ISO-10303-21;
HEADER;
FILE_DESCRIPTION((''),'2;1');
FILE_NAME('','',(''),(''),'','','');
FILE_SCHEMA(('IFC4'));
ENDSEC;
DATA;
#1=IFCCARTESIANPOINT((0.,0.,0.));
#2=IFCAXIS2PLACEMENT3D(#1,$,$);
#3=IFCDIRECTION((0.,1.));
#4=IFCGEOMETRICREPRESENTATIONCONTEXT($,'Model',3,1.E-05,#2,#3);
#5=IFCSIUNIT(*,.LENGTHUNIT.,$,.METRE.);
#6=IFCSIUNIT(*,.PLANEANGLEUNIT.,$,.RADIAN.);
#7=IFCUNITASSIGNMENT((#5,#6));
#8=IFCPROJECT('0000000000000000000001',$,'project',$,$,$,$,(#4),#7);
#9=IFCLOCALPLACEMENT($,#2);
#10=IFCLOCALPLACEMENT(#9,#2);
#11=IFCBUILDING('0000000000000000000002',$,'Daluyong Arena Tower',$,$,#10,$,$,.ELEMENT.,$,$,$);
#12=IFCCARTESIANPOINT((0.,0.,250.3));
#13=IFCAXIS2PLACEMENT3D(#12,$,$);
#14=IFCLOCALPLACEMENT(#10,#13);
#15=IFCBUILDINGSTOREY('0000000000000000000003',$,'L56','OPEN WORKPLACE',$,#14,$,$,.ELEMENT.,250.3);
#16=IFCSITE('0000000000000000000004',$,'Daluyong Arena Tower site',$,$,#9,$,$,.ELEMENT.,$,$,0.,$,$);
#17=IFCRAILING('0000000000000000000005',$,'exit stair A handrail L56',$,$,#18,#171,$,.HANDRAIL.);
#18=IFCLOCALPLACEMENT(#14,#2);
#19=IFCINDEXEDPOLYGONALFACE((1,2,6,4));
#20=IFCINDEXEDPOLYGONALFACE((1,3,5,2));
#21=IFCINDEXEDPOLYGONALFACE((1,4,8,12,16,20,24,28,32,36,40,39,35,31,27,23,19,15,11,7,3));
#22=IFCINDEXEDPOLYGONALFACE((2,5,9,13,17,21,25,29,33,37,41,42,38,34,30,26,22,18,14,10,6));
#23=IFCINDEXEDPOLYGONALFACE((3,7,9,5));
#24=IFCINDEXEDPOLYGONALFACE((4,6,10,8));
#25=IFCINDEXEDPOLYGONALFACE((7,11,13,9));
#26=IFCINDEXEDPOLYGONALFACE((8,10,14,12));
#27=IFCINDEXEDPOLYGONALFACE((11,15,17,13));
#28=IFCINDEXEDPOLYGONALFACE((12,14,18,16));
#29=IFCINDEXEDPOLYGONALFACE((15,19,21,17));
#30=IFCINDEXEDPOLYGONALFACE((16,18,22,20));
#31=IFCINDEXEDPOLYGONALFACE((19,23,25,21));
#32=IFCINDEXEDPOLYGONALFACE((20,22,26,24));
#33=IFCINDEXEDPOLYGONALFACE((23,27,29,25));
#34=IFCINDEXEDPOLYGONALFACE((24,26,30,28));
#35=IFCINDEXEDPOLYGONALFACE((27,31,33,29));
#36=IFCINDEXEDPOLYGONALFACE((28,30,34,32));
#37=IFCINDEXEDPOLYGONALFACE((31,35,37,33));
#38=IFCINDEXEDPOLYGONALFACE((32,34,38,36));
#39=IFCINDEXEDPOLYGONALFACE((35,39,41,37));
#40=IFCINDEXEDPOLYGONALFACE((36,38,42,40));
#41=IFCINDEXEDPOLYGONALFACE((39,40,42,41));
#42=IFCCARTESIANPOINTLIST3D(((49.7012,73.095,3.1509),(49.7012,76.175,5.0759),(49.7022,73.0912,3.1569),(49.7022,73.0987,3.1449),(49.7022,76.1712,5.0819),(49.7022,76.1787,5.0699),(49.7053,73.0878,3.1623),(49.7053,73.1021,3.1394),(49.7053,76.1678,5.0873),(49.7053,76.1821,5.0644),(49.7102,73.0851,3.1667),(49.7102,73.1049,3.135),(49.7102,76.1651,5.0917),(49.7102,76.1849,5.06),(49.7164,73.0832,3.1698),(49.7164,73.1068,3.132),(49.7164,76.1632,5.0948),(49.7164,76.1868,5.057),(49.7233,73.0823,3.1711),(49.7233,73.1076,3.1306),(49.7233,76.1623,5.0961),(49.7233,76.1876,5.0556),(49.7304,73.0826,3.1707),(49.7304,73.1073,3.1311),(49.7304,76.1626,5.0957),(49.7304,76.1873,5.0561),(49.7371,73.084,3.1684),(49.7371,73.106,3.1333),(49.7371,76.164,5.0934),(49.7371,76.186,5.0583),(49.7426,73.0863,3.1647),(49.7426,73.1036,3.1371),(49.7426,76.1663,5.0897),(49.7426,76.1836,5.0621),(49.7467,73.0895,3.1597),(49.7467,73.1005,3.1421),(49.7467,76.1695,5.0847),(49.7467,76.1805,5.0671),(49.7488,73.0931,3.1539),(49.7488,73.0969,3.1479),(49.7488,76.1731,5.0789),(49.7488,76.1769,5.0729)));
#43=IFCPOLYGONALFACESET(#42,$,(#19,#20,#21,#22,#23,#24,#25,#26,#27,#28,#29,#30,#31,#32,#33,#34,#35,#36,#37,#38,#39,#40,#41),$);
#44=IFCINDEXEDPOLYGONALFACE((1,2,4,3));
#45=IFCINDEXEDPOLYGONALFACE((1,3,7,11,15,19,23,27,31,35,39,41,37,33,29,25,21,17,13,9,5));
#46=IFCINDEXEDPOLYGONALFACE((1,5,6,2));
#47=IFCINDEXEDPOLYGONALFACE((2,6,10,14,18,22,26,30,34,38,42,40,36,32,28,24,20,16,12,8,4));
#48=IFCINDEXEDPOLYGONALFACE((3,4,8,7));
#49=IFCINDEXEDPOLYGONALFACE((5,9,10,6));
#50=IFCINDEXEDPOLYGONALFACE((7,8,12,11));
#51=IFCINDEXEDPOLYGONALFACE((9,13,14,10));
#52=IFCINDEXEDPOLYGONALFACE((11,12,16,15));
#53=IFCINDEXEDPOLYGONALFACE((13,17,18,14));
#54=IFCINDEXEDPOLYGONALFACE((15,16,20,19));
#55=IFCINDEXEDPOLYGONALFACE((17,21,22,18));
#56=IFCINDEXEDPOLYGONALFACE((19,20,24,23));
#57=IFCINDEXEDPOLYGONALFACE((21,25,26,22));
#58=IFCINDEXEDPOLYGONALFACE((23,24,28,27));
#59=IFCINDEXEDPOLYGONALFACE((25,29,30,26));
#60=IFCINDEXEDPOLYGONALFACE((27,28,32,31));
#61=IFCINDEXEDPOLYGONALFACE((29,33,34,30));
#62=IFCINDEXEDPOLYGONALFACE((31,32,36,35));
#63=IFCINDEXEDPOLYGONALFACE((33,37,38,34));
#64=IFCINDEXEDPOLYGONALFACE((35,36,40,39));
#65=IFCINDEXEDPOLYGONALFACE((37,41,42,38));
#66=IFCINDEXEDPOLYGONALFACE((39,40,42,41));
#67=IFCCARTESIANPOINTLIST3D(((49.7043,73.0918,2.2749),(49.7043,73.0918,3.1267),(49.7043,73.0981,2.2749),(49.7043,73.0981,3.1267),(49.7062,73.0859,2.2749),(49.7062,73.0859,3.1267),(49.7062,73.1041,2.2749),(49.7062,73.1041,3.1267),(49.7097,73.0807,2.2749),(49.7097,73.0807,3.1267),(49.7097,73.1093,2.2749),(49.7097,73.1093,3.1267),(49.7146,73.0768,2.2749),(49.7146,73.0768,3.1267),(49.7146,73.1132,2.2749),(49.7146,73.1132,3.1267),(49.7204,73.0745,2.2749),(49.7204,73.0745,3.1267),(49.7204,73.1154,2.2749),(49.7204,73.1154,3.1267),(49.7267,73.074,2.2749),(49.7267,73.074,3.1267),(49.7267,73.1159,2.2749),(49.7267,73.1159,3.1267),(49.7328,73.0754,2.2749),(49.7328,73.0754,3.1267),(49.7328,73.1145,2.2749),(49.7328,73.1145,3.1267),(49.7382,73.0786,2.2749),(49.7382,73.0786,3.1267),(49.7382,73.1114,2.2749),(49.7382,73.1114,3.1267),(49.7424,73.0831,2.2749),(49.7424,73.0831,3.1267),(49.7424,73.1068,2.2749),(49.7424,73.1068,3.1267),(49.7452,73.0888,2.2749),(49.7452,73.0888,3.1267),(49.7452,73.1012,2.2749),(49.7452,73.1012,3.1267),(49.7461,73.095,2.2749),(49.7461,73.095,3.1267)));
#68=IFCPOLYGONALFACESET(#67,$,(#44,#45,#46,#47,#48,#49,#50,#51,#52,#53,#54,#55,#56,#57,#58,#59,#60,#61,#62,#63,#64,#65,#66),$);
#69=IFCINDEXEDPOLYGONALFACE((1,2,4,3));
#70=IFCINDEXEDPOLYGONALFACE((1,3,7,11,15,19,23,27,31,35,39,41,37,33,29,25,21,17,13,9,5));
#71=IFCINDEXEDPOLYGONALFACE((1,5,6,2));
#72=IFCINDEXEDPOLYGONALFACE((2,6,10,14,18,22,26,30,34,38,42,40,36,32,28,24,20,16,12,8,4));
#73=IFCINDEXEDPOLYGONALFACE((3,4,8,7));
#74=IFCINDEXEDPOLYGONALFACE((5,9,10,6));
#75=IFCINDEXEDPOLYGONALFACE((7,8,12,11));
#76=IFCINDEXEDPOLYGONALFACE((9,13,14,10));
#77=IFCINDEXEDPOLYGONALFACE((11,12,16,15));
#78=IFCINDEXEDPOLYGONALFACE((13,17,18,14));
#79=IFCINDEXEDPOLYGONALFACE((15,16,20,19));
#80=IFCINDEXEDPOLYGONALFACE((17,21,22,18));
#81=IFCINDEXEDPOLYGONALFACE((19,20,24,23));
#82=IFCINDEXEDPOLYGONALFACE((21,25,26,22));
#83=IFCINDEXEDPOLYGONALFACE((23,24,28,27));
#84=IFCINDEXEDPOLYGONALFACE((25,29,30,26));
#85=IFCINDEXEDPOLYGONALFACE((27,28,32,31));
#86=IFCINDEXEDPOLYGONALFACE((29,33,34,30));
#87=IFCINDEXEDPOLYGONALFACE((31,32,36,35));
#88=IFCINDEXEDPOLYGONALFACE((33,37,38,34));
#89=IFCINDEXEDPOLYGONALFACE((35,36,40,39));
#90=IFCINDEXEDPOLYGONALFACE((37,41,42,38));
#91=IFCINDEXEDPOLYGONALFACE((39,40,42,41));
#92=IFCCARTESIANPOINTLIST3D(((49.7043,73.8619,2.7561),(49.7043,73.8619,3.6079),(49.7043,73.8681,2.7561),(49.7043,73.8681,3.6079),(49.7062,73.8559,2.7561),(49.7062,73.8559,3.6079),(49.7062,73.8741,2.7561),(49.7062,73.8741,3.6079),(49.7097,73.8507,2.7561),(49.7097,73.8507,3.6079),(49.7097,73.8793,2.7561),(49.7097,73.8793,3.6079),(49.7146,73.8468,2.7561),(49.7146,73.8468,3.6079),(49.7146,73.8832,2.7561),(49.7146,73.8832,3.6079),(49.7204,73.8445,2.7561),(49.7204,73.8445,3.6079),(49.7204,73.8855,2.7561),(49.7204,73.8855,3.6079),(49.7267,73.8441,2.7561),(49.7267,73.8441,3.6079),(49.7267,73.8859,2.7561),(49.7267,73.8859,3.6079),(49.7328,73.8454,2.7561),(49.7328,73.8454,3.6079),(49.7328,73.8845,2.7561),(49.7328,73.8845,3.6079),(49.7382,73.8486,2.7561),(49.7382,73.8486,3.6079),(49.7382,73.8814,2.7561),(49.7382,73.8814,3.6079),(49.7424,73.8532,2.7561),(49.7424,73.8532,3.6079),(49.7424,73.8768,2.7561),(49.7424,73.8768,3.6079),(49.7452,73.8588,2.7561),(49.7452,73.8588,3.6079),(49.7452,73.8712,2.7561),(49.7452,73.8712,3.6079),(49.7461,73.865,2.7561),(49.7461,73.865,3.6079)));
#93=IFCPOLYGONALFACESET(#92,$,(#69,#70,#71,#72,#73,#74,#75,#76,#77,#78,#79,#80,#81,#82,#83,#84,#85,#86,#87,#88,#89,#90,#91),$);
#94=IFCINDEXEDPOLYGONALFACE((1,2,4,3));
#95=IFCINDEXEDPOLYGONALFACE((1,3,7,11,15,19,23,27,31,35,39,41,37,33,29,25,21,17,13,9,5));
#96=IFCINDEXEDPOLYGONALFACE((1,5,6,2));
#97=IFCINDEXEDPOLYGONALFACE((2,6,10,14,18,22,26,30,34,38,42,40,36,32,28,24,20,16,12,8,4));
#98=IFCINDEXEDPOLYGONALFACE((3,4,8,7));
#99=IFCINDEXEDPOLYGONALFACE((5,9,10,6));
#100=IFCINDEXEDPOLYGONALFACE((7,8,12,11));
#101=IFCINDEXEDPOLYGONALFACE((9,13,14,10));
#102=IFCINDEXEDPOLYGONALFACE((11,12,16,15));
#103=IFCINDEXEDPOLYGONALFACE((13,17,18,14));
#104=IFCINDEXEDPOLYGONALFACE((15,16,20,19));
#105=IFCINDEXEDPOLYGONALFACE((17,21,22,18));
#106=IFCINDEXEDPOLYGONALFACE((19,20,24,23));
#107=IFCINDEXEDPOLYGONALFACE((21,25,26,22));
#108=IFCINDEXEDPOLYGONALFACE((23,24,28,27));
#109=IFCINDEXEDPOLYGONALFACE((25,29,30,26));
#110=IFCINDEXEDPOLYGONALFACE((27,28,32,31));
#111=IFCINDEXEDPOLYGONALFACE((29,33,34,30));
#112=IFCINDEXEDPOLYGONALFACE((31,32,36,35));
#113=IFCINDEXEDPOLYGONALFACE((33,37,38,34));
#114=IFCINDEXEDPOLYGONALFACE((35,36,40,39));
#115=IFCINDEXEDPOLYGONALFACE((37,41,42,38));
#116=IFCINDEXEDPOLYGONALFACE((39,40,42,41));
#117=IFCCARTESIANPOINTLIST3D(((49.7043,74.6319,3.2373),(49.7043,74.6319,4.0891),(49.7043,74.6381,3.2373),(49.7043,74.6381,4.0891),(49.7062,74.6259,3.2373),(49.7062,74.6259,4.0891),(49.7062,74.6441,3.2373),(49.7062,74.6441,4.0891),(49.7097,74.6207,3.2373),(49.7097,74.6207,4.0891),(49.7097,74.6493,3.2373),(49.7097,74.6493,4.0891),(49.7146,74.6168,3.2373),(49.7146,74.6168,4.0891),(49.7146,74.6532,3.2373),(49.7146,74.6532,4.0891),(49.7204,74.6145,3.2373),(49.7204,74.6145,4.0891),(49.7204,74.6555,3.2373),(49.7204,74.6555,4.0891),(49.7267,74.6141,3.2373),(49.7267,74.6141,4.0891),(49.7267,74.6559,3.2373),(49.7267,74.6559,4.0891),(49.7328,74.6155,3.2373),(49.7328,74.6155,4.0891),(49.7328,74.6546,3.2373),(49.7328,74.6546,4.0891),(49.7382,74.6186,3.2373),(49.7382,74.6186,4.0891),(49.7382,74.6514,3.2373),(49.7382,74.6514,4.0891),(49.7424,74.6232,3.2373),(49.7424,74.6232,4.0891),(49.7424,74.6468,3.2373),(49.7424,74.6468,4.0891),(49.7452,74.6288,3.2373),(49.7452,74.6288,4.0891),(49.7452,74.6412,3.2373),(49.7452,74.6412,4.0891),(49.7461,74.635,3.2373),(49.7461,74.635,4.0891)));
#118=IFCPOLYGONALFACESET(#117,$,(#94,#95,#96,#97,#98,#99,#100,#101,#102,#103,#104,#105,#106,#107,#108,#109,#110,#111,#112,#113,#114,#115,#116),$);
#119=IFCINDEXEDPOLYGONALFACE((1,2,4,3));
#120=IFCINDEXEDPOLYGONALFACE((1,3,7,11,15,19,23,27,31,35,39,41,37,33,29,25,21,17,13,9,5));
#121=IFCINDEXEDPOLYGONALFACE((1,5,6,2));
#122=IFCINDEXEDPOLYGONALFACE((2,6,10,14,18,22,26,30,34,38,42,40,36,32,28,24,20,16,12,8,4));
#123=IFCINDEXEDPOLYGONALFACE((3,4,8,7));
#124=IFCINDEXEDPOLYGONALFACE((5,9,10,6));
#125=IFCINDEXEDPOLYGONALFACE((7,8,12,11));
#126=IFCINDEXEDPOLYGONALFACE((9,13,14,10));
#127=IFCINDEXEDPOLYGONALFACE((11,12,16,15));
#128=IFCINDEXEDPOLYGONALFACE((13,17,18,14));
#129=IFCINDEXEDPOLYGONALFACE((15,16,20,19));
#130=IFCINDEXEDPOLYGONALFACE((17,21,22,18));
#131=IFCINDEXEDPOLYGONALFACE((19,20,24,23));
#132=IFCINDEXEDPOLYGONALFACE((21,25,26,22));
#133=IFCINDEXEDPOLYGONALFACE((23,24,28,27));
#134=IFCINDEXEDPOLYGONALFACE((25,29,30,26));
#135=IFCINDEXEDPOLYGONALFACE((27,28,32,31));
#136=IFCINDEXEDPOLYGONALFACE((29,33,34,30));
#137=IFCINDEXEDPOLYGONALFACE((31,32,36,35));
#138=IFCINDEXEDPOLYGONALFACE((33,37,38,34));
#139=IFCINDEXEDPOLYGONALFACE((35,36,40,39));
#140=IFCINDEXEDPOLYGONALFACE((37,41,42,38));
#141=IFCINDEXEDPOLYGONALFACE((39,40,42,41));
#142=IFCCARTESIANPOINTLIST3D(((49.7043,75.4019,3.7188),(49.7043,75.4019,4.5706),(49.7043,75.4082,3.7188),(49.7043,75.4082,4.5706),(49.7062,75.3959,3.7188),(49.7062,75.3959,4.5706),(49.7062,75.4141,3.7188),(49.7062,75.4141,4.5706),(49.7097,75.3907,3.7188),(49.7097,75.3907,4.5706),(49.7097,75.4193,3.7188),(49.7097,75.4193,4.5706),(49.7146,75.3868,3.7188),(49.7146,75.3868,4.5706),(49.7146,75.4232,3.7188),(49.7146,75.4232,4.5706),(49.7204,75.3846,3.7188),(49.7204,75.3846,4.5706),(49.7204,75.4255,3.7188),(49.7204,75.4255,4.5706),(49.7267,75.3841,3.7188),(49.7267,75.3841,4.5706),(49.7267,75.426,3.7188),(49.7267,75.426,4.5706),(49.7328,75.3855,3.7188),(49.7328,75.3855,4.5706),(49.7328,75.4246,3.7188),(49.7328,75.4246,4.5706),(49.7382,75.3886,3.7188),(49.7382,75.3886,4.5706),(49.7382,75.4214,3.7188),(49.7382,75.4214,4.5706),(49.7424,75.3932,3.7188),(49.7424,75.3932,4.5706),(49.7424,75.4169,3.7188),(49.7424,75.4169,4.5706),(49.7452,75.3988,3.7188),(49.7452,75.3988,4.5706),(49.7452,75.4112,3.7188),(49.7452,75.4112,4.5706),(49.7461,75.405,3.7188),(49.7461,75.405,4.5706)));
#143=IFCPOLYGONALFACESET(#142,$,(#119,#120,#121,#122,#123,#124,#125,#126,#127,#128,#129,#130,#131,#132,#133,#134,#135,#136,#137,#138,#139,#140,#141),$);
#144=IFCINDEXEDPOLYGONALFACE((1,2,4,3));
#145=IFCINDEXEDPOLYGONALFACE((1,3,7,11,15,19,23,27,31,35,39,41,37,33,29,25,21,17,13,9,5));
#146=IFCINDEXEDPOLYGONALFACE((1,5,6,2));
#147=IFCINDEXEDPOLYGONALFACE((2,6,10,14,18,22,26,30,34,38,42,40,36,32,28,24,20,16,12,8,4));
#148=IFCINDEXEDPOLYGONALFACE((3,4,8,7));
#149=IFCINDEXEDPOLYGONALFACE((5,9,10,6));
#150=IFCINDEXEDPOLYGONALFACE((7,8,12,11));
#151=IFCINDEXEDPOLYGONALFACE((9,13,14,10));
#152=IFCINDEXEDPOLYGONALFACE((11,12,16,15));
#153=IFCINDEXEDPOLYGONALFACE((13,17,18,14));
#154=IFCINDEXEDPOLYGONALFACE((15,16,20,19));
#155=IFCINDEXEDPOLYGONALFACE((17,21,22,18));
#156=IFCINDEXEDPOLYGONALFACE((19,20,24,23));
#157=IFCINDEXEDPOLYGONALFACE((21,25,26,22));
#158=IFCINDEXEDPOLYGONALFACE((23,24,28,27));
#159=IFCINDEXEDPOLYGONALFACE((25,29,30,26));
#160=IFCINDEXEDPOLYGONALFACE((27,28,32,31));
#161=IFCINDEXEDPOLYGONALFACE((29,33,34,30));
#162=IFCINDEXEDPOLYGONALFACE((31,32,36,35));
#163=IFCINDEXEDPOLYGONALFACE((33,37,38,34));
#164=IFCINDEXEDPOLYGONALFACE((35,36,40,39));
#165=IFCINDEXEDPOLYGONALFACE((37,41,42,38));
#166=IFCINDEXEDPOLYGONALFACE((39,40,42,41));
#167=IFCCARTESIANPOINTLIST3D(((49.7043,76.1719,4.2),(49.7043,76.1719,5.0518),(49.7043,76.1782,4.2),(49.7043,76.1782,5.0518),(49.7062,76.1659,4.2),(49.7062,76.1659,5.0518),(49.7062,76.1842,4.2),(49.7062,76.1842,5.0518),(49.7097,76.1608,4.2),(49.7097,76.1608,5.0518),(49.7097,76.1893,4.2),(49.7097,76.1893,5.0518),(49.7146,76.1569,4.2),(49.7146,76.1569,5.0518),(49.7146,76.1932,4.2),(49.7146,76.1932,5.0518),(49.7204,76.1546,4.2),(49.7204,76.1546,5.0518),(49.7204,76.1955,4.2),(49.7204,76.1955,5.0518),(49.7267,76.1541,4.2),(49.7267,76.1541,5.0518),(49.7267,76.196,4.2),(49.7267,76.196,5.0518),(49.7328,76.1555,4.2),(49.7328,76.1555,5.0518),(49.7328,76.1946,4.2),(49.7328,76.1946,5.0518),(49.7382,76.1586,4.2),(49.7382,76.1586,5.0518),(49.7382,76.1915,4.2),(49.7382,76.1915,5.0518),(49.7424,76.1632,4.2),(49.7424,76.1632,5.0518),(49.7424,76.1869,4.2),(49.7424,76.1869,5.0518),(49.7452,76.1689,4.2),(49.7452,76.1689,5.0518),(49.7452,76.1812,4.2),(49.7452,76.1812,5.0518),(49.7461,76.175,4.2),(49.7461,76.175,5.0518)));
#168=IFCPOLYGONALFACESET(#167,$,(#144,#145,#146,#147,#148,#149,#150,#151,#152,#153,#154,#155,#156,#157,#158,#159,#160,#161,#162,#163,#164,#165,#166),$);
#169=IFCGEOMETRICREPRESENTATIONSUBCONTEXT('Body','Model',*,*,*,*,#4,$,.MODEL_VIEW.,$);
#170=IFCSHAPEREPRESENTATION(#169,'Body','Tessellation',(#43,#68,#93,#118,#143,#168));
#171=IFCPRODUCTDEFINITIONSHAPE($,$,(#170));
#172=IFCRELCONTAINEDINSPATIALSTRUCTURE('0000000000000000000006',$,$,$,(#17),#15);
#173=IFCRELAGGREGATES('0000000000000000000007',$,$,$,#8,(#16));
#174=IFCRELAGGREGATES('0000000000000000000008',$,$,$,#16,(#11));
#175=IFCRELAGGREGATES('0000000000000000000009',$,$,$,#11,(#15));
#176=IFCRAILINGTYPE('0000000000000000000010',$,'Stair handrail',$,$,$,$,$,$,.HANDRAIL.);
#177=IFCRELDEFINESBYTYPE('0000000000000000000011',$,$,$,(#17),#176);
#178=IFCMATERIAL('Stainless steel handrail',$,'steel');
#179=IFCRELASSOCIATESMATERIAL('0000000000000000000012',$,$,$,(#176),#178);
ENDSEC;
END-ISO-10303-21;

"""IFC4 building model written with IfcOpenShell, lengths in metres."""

from ifc_helpers import new_model, si_unit, direction, frame, origin, origin_2d, place, context, subcontext, project, spatial, circle, extrude, material, type_object, element, save


model = new_model("IFC4")

# Units and contexts
model_context = context("Model", 3, precision=1e-05, world=origin(), true_north=direction((0.0, 1.0)))
body_context = subcontext(model_context, "Body", "Model", "MODEL_VIEW")
ifc_project = project(units=[si_unit("LENGTHUNIT", "METRE"), si_unit("PLANEANGLEUNIT", "RADIAN")], contexts=[model_context])

# Site, building, storey
site_placement = place(None, origin())
site = spatial("IfcSite", under=ifc_project, at=site_placement, Name="Daluyong Arena Tower site", CompositionType="ELEMENT", RefElevation=0.0)
building_placement = place(site_placement, origin())
building = spatial("IfcBuilding", under=site, at=building_placement, Name="Daluyong Arena Tower", CompositionType="ELEMENT")
storey_placement = place(building_placement, frame((0.0, 0.0, 250.3)))
storey = spatial("IfcBuildingStorey", under=building, at=storey_placement, Name="L56", Description="OPEN WORKPLACE", CompositionType="ELEMENT", Elevation=250.3)

# Railing
ifc_material_1 = material(Name="Stainless steel handrail", Category="steel")
railing_type_1 = type_object("IfcRailingType", Name="Stair handrail", PredefinedType="HANDRAIL", material=ifc_material_1)
railing_1_placement = place(storey_placement, frame((49.7251, 73.095, 2.2749)))
element("IfcRailing", 1, at=railing_1_placement, inside=storey, type_object=railing_type_1, Name="exit stair A handrail L56", PredefinedType="HANDRAIL", context=body_context, shape_type="SweptSolid", body=[
    extrude(circle(Radius=0.0239, at=origin_2d()), frame((0.0, 0.0, 0.876), z_axis=(0.0, 0.847998, 0.529999), x_axis=(-1.0, 0.0, 0.0)), (0.0, 0.0, 1.0), 3.6321),
    extrude(circle(Radius=0.021, at=origin_2d()), origin(), (0.0, 0.0, 1.0), 0.8518),
    extrude(circle(Radius=0.021, at=origin_2d()), frame((0.0, 0.77, 0.4812)), (0.0, 0.0, 1.0), 0.8518),
    extrude(circle(Radius=0.021, at=origin_2d()), frame((0.0, 1.54, 0.9624)), (0.0, 0.0, 1.0), 0.8518),
    extrude(circle(Radius=0.021, at=origin_2d()), frame((0.0, 2.3101, 1.4438)), (0.0, 0.0, 1.0), 0.8518),
    extrude(circle(Radius=0.021, at=origin_2d()), frame((0.0, 3.0801, 1.925)), (0.0, 0.0, 1.0), 0.8518),
])

save(model, "model.ifc")
